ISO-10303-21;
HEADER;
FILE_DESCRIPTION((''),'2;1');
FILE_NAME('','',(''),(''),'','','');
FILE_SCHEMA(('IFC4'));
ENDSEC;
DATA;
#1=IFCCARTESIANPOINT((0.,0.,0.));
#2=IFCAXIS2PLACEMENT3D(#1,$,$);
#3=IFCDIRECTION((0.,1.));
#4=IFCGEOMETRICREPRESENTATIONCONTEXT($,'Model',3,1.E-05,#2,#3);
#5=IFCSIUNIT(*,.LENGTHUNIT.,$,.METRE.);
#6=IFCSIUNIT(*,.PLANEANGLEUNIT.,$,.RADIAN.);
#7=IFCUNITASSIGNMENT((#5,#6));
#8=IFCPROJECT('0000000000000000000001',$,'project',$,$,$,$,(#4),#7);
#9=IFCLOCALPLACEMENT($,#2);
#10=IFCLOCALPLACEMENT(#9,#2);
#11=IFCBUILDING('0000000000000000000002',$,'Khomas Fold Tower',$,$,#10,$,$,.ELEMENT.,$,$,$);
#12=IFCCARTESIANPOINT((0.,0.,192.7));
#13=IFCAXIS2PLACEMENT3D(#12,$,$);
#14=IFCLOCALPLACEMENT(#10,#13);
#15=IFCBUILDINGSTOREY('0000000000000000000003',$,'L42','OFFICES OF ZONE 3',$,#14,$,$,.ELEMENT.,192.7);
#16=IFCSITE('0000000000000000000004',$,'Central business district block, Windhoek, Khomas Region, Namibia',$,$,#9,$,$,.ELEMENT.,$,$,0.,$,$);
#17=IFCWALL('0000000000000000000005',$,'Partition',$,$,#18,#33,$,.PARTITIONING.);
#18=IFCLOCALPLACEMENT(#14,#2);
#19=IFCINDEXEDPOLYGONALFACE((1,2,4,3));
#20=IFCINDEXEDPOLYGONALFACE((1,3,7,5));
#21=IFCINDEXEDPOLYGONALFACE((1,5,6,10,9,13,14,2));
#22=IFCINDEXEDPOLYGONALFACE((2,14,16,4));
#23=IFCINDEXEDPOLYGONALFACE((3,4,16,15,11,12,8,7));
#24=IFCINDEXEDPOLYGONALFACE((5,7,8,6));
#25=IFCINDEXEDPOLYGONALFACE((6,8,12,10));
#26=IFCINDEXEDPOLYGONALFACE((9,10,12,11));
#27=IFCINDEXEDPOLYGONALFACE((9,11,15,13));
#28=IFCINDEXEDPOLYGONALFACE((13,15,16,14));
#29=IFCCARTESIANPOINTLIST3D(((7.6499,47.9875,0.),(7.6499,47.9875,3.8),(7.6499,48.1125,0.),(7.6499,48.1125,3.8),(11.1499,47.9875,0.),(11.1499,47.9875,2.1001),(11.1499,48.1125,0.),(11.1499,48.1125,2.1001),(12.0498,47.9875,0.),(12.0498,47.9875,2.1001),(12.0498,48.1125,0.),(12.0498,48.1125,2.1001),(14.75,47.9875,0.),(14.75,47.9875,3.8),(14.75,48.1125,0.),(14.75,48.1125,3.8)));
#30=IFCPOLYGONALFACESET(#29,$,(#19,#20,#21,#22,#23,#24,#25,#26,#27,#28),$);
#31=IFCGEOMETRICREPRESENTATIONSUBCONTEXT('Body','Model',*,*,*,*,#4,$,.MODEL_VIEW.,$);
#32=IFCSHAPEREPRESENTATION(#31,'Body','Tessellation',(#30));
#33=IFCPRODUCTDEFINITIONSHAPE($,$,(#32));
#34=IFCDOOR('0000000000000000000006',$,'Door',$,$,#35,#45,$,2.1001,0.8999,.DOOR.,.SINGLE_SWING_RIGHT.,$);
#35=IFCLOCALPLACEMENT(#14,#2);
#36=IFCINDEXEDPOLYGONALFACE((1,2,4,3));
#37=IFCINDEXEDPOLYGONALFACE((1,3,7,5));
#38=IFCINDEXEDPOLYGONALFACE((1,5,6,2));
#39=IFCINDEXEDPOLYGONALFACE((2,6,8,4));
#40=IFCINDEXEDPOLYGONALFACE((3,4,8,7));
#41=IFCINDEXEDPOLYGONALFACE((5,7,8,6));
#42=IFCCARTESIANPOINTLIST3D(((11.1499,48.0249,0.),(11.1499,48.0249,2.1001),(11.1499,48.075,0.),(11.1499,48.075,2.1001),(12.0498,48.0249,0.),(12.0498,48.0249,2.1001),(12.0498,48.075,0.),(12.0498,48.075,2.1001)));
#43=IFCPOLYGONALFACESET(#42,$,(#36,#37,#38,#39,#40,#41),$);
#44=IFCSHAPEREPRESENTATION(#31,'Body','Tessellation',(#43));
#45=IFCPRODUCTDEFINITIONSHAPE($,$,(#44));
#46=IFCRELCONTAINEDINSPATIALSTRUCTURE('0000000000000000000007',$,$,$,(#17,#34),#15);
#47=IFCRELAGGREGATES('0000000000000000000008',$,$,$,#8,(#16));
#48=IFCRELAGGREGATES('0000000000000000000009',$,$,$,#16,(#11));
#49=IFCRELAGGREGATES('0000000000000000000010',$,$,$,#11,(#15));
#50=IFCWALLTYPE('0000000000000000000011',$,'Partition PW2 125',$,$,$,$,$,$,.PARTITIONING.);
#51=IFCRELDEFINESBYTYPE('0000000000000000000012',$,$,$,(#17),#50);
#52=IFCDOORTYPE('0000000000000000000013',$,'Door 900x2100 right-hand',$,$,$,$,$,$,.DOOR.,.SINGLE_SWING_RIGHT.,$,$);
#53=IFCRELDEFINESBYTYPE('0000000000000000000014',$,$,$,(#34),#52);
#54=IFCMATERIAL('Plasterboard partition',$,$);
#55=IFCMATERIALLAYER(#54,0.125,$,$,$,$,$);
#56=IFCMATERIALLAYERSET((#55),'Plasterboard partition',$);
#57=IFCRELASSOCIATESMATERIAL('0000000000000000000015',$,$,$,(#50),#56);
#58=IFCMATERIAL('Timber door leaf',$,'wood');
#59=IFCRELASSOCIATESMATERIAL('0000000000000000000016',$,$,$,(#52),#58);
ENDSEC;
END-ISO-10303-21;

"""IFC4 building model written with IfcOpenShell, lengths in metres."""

from ifc_helpers import new_model, si_unit, direction, frame, frame_2d, origin, place, context, subcontext, project, spatial, rectangle, extrude, source, transform, mapped, material, layer, layer_set, type_object, element, fill, save


model = new_model("IFC4")

# Units and contexts
model_context = context("Model", 3, precision=1e-05, world=origin(), true_north=direction((0.0, 1.0)))
body_context = subcontext(model_context, "Body", "Model", "MODEL_VIEW")
ifc_project = project(units=[si_unit("LENGTHUNIT", "METRE"), si_unit("PLANEANGLEUNIT", "RADIAN")], contexts=[model_context])

# Site, building, storey
site_placement = place(None, origin())
site = spatial("IfcSite", under=ifc_project, at=site_placement, Name="Central business district block, Windhoek, Khomas Region, Namibia", CompositionType="ELEMENT", RefElevation=0.0)
building_placement = place(site_placement, origin())
building = spatial("IfcBuilding", under=site, at=building_placement, Name="Khomas Fold Tower", CompositionType="ELEMENT")
storey_placement = place(building_placement, frame((0.0, 0.0, 192.7)))
storey = spatial("IfcBuildingStorey", under=building, at=storey_placement, Name="L42", Description="OFFICES OF ZONE 3", CompositionType="ELEMENT", Elevation=192.7)

# Shared definitions
ifc_material_1 = material(Name="Plasterboard partition")
ifc_layer_1 = layer(ifc_material_1, 0.125)
ifc_layer_set_1 = layer_set([ifc_layer_1], Name="Plasterboard partition")
wall_type = type_object("IfcWallType", Name="Partition PW2 125", PredefinedType="PARTITIONING", material=ifc_layer_set_1)

# Wall, opening, door
shared_shape_1 = source(origin(), body_context, "Body", "SweptSolid", [
    extrude(rectangle(XDim=7.1001, YDim=0.125, at=frame_2d((3.55, 0.0))), origin(), (0.0, 0.0, 1.0), 3.8),
])
wall_1_placement = place(storey_placement, frame((7.6499, 48.05, 0.0), z_axis=(0.0, 0.0, 1.0), x_axis=(1.0, 0.0, 0.0)))
wall_1 = element("IfcWall", 1, at=wall_1_placement, inside=storey, type_object=wall_type, Name="Partition", PredefinedType="PARTITIONING", context=body_context, shape_type="MappedRepresentation", body=[
    mapped(shared_shape_1, transform((0.0, 0.0, 0.0))),
])
shared_shape_2 = source(origin(), body_context, "Body", "SweptSolid", [
    extrude(rectangle(XDim=0.8999, YDim=2.1001, at=frame_2d((0.45, 1.05))), frame((0.0, 0.0725, 0.0), z_axis=(0.0, -1.0, 0.0), x_axis=(1.0, 0.0, 0.0)), (0.0, 0.0, 1.0), 0.145),
])
opening_placement = place(wall_1_placement, frame((3.5, 0.0, 0.0)))
opening = element("IfcOpeningElement", 2, at=opening_placement, cuts=wall_1, PredefinedType="OPENING", context=body_context, shape_type="MappedRepresentation", body=[
    mapped(shared_shape_2, transform((0.0, 0.0, 0.0))),
])
ifc_material_2 = material(Name="Timber door leaf", Category="wood")
door_type = type_object("IfcDoorType", Name="Door 900x2100 right-hand", OperationType="SINGLE_SWING_RIGHT", PredefinedType="DOOR", material=ifc_material_2)
shared_shape_3 = source(origin(), body_context, "Body", "SweptSolid", [
    extrude(rectangle(XDim=0.8999, YDim=2.1001, at=frame_2d((0.45, 1.05))), frame((0.0, 0.0249, 0.0), z_axis=(0.0, -1.0, 0.0), x_axis=(1.0, 0.0, 0.0)), (0.0, 0.0, 1.0), 0.05),
])
door_placement = place(opening_placement, origin())
door = element("IfcDoor", 3, at=door_placement, inside=storey, type_object=door_type, Name="Door", OperationType="SINGLE_SWING_RIGHT", OverallHeight=2.1001, OverallWidth=0.8999, PredefinedType="DOOR", context=body_context, shape_type="MappedRepresentation", body=[
    mapped(shared_shape_3, transform((0.0, 0.0, 0.0))),
])
fill(opening, door)

save(model, "model.ifc")
